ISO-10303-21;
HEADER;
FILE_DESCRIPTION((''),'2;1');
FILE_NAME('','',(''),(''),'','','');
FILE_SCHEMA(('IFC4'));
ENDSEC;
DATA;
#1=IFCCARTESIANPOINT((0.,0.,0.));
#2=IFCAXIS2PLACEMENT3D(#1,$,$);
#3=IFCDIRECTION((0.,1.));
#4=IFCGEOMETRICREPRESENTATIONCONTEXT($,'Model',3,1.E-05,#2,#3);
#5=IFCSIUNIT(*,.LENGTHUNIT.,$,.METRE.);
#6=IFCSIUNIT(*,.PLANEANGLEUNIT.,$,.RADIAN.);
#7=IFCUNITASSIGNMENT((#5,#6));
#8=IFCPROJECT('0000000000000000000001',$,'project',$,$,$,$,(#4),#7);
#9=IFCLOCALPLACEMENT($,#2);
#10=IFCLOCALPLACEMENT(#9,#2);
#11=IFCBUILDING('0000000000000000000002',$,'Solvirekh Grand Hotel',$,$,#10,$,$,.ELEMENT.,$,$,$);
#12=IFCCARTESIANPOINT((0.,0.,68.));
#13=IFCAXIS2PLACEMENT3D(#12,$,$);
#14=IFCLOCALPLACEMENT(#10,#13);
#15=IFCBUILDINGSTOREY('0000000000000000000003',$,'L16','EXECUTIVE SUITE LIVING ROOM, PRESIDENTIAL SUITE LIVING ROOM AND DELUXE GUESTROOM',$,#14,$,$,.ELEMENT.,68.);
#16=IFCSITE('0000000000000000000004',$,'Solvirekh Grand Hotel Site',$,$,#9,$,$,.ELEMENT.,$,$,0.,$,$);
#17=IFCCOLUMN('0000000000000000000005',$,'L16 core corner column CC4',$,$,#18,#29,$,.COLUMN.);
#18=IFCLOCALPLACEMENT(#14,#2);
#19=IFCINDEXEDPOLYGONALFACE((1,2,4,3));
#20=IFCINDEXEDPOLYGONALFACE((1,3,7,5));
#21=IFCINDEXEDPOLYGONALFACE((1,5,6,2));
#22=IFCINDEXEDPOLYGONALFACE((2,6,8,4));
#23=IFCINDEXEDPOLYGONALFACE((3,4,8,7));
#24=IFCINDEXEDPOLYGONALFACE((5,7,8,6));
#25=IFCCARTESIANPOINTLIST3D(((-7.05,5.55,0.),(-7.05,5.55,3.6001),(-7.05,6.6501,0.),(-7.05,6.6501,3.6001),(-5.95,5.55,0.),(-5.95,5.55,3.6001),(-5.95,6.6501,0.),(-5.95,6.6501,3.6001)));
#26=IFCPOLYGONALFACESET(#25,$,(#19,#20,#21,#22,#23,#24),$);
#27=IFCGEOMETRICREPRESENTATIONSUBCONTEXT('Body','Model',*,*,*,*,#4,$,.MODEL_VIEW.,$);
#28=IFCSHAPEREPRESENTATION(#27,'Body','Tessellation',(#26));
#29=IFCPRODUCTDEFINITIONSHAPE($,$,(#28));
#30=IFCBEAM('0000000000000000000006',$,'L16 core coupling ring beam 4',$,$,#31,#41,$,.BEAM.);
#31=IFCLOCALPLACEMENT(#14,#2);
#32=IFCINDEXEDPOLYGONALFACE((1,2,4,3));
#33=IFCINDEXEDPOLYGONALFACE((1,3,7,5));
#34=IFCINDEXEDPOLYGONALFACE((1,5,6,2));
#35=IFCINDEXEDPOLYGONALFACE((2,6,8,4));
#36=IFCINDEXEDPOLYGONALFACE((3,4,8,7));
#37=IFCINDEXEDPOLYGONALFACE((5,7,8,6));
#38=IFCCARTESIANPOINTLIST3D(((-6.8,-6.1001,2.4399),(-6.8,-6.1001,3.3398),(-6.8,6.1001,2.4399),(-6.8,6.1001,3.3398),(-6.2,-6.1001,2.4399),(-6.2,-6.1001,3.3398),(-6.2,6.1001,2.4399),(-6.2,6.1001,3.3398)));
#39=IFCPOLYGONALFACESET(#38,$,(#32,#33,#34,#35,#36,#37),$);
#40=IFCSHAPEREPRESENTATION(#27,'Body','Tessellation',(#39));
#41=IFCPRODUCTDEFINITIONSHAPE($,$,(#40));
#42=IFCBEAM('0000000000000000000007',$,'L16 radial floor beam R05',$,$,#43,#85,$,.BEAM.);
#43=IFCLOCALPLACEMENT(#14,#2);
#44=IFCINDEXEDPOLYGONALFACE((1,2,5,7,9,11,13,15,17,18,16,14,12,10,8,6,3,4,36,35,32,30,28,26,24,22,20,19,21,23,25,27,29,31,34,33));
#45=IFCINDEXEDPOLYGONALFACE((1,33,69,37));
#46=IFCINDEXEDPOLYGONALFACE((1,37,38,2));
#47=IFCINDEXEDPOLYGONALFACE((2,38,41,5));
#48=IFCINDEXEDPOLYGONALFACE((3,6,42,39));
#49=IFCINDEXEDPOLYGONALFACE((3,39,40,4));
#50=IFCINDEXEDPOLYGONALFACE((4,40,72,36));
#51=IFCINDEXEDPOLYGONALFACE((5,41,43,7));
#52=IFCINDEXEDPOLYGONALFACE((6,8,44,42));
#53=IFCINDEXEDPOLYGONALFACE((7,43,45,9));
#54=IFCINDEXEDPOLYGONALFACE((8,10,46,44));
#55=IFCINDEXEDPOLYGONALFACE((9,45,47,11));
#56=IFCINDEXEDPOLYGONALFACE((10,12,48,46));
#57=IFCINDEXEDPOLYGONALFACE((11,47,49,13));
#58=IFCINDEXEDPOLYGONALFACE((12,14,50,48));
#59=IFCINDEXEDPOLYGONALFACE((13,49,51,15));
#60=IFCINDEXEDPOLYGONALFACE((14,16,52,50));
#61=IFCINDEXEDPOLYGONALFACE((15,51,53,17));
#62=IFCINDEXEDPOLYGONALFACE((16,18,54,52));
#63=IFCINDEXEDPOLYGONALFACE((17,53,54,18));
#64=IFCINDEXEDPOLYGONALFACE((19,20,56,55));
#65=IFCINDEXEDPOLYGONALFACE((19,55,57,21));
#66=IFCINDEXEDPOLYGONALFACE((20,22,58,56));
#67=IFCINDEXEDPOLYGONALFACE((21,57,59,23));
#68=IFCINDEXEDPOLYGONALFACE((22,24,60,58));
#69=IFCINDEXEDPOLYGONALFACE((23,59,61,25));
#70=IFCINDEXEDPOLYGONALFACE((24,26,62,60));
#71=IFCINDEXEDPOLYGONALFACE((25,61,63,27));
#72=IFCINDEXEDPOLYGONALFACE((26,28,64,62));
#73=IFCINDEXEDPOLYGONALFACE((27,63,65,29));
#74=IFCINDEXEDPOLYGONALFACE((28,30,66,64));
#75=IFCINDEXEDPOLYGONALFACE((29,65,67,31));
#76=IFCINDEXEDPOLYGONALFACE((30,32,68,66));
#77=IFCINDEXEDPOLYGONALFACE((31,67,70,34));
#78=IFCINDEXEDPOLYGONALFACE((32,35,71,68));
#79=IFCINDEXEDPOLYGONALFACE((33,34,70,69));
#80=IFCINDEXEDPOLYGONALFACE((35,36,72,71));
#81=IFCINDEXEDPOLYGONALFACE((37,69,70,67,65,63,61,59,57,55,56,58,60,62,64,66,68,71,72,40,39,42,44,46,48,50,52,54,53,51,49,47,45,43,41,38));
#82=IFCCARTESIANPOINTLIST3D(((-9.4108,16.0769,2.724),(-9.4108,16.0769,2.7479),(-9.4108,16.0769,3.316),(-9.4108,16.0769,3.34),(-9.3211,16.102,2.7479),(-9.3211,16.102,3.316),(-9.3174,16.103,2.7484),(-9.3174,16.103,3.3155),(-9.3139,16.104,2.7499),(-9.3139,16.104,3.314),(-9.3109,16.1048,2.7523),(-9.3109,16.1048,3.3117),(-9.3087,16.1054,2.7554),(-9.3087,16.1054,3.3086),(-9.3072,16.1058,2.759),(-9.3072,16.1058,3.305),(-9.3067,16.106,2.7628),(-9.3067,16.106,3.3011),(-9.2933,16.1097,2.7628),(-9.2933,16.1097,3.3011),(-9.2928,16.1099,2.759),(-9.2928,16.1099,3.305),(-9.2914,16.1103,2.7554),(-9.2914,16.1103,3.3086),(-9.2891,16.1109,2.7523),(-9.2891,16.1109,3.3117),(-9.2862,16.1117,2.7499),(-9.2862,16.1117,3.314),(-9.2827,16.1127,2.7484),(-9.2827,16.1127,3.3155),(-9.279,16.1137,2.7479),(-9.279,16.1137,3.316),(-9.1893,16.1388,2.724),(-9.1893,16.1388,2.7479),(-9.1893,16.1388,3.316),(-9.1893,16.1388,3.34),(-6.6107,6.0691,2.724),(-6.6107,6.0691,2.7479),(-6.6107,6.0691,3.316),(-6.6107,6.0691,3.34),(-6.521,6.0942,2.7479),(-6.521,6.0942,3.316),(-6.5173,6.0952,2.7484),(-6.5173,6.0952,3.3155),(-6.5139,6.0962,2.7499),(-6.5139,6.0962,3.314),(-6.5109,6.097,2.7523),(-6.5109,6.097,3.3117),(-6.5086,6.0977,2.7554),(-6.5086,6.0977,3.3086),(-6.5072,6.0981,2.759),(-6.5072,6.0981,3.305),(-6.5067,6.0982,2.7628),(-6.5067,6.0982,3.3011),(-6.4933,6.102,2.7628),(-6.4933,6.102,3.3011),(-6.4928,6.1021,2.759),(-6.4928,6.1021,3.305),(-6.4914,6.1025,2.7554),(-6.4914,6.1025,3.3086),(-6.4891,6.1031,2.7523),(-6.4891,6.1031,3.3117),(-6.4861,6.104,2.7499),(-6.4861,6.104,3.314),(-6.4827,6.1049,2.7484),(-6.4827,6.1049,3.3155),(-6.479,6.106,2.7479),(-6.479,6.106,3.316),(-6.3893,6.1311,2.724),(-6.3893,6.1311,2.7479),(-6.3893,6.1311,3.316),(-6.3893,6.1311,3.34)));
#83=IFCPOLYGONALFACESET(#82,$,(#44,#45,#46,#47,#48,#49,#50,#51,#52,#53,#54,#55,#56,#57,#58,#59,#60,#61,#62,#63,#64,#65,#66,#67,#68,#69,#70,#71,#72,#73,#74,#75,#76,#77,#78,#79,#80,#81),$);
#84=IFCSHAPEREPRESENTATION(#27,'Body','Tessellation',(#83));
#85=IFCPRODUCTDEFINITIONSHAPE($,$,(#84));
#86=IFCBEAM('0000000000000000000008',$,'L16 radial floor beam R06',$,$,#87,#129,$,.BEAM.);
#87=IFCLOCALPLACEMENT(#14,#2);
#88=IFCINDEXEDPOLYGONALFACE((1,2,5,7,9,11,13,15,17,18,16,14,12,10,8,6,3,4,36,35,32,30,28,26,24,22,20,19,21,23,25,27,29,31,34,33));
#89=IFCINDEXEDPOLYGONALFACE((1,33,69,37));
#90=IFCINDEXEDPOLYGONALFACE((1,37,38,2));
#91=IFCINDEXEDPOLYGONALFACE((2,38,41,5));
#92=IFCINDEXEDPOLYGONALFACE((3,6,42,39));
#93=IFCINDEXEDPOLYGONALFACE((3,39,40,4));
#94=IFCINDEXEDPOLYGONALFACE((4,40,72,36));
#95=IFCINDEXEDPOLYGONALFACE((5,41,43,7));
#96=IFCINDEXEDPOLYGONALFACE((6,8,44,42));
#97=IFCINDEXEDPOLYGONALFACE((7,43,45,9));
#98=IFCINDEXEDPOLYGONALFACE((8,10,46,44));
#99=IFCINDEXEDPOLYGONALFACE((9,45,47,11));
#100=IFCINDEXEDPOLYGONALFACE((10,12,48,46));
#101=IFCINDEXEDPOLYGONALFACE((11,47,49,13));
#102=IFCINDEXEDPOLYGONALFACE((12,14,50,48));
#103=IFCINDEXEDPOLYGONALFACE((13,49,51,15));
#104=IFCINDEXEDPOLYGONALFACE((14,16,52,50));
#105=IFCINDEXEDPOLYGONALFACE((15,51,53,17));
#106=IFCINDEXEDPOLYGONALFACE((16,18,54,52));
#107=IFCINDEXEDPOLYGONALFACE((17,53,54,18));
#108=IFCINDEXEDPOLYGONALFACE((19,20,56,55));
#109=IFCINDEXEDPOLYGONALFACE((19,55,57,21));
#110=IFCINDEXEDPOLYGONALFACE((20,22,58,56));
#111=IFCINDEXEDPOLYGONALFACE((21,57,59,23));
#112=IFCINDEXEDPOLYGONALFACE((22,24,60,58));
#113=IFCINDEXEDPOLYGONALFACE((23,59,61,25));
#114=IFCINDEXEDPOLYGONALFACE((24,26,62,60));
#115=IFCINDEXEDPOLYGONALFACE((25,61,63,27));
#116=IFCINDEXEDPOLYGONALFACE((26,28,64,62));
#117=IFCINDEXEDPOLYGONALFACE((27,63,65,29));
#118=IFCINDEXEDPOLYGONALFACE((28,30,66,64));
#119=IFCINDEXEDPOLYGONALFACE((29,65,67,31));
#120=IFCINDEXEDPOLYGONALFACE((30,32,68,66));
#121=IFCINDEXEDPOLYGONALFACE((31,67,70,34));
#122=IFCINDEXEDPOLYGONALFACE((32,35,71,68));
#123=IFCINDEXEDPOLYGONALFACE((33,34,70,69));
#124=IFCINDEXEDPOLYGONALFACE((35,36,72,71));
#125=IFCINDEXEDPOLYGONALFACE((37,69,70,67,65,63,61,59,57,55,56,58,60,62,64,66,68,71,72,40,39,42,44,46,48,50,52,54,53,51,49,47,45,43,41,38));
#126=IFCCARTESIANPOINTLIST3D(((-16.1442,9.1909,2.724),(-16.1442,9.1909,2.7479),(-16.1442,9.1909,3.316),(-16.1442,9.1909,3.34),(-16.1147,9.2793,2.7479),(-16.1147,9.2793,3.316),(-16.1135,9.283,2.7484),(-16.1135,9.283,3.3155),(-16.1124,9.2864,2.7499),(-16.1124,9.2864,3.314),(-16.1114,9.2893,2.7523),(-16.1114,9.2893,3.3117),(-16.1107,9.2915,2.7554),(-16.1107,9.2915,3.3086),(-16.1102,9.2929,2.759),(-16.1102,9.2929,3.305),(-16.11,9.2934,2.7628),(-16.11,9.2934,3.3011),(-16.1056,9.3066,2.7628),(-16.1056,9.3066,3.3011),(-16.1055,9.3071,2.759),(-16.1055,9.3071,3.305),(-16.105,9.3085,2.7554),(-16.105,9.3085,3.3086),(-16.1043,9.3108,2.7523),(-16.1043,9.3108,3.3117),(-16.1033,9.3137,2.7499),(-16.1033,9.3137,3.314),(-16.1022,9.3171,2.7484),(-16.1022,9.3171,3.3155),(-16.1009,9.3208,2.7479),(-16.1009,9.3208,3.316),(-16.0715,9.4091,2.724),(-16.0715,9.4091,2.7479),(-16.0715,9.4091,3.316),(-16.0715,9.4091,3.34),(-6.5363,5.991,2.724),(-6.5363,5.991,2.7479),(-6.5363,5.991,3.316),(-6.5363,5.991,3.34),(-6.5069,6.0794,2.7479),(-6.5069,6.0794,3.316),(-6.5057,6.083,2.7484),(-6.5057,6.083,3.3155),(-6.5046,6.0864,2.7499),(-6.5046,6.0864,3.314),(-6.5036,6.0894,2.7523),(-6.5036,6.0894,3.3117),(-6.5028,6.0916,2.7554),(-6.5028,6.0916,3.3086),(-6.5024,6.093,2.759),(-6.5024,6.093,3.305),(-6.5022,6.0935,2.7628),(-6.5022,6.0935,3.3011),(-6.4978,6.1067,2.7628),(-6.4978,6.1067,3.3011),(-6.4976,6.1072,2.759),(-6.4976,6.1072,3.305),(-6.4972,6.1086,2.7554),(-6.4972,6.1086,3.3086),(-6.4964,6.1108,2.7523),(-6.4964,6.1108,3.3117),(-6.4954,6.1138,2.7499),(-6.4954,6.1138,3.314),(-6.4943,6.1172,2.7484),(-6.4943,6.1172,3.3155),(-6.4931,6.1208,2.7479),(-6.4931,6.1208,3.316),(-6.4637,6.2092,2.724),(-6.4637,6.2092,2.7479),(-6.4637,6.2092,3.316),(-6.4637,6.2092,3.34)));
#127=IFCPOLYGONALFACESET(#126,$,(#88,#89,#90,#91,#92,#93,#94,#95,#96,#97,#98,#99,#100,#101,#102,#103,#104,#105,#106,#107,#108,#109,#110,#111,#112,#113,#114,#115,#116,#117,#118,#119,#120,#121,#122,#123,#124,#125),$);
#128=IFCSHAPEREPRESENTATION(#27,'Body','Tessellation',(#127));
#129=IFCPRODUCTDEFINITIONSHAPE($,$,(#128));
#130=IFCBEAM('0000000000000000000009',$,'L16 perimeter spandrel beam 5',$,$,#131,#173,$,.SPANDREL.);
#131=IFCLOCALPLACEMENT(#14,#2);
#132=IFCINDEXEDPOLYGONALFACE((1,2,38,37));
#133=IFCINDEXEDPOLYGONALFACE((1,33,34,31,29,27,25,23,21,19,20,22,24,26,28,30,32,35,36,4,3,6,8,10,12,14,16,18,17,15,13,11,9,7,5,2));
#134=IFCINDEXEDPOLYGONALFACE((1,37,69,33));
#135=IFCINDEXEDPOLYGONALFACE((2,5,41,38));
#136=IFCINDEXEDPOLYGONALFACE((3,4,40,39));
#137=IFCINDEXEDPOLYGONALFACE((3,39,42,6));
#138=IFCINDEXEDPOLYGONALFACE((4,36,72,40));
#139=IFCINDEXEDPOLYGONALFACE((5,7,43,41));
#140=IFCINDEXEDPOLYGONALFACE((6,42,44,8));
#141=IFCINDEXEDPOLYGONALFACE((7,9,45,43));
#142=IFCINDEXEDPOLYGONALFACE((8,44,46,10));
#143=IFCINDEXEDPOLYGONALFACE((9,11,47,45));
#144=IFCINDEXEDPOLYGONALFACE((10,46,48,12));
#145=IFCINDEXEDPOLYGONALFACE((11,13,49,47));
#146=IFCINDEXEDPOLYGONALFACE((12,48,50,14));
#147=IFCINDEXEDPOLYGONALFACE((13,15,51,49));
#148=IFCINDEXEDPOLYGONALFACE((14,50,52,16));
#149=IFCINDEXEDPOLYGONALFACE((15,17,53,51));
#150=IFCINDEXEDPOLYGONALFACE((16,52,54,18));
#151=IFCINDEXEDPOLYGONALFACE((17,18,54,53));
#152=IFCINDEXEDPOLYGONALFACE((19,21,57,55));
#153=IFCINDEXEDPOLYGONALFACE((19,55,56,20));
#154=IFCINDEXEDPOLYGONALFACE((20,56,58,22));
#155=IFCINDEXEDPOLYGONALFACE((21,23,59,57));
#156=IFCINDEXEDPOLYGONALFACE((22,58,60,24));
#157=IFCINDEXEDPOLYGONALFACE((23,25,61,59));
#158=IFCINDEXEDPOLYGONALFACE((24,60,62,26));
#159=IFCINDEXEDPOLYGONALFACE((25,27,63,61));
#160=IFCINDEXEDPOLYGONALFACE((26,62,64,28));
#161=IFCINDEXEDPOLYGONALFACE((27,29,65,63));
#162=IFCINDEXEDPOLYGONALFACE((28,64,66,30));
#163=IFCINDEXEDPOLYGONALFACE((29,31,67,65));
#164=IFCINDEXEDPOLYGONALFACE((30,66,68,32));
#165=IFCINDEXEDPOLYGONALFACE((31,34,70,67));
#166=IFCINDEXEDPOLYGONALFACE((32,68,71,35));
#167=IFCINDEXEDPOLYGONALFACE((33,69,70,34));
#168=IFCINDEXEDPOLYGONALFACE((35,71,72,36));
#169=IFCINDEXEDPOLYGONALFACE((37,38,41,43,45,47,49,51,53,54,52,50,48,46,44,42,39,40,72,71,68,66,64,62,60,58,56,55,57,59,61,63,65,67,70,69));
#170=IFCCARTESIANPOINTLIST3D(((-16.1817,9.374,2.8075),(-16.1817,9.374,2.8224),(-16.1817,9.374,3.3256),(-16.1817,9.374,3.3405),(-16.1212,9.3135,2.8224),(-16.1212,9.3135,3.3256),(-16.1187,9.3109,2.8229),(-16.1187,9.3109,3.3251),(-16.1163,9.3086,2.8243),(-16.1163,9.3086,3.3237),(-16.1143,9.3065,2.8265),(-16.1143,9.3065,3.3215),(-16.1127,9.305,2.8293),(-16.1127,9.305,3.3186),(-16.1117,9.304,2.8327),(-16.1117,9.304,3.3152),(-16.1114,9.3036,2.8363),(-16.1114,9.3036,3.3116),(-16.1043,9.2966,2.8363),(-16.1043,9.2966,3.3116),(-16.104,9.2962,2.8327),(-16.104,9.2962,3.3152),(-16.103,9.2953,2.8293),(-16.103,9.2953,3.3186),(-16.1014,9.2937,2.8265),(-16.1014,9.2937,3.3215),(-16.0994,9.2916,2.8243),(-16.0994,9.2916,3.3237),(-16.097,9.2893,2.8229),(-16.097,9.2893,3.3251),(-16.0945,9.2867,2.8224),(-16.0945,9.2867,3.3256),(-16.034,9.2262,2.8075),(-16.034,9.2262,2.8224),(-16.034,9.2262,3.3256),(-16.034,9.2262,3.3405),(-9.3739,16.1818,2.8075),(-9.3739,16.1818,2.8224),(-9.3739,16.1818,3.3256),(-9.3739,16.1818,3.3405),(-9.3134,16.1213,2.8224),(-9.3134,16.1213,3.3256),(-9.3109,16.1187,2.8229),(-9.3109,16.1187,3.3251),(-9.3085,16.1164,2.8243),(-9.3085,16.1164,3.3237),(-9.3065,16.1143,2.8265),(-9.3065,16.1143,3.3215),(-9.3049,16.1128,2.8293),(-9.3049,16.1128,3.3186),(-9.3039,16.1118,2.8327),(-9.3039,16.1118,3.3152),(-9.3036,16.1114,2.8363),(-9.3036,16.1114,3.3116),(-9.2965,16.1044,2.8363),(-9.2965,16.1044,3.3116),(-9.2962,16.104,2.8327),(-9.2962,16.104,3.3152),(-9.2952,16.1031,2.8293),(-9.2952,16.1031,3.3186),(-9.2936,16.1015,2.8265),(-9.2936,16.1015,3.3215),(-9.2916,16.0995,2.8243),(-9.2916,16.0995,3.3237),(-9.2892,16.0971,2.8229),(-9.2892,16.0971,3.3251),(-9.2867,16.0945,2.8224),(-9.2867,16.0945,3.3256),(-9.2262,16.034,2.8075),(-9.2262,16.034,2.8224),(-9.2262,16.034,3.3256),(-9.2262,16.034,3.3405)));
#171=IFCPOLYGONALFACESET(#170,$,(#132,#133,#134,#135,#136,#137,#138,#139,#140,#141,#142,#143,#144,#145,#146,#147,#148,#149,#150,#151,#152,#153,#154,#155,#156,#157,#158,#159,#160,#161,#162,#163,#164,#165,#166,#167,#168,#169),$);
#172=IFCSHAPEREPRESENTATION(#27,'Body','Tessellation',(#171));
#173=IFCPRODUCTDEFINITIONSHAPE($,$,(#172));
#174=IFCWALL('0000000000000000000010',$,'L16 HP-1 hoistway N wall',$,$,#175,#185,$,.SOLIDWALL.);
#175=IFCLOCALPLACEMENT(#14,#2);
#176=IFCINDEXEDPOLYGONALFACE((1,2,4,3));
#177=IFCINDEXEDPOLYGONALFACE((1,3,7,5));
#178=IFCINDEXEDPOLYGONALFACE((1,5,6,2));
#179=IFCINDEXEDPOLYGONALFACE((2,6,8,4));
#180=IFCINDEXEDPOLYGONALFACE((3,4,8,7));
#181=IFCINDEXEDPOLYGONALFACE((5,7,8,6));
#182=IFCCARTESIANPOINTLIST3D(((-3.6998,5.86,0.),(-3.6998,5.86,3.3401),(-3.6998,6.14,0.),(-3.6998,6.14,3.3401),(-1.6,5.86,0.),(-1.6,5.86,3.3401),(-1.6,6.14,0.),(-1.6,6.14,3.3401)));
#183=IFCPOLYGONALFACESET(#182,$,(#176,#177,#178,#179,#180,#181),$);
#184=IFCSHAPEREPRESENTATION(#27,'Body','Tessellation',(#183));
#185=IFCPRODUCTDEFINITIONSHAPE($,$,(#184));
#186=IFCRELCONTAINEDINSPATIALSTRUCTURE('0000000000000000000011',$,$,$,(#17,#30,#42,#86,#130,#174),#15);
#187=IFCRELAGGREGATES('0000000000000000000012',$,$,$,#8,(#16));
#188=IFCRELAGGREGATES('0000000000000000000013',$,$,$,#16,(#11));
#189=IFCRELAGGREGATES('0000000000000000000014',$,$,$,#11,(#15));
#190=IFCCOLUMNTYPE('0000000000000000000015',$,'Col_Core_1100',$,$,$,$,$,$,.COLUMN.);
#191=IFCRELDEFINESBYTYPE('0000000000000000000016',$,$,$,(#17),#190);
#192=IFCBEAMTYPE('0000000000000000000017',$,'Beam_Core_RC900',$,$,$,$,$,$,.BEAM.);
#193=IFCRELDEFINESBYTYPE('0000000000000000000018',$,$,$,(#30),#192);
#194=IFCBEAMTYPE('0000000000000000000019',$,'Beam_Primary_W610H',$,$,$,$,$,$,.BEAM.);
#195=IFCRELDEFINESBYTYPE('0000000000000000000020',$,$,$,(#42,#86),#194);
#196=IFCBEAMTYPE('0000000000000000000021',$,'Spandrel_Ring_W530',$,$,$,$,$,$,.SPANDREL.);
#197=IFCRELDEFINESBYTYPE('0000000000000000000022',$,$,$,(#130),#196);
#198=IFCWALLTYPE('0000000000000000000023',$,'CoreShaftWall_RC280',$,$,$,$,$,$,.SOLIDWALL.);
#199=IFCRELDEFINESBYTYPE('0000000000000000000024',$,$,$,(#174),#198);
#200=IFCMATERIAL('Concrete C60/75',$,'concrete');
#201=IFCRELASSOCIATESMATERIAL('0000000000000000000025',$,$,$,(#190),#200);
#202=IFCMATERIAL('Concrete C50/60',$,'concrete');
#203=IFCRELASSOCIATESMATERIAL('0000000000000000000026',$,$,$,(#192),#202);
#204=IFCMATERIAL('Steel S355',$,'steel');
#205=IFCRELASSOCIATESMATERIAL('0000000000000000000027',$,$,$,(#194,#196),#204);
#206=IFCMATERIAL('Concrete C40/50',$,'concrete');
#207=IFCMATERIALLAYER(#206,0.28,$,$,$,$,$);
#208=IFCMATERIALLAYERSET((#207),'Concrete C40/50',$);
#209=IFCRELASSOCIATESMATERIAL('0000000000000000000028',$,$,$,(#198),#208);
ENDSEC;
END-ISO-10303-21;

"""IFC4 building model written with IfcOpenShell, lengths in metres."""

from ifc_helpers import new_model, si_unit, direction, frame, frame_2d, origin, origin_2d, place, context, subcontext, project, spatial, rectangle, i_section, extrude, material, layer, layer_set, material_profile, profile_set, type_object, element, save


model = new_model("IFC4")

# Units and contexts
model_context = context("Model", 3, precision=1e-05, world=origin(), true_north=direction((0.0, 1.0)))
body_context = subcontext(model_context, "Body", "Model", "MODEL_VIEW")
ifc_project = project(units=[si_unit("LENGTHUNIT", "METRE"), si_unit("PLANEANGLEUNIT", "RADIAN")], contexts=[model_context])

# Site, building, storey
site_placement = place(None, origin())
site = spatial("IfcSite", under=ifc_project, at=site_placement, Name="Solvirekh Grand Hotel Site", CompositionType="ELEMENT", RefElevation=0.0)
building_placement = place(site_placement, origin())
building = spatial("IfcBuilding", under=site, at=building_placement, Name="Solvirekh Grand Hotel", CompositionType="ELEMENT")
storey_placement = place(building_placement, frame((0.0, 0.0, 68.0)))
storey = spatial("IfcBuildingStorey", under=building, at=storey_placement, Name="L16", Description="EXECUTIVE SUITE LIVING ROOM, PRESIDENTIAL SUITE LIVING ROOM AND DELUXE GUESTROOM", CompositionType="ELEMENT", Elevation=68.0)

# Column
ifc_material_1 = material(Name="Concrete C60/75", Category="concrete")
ifc_material_profile_1 = material_profile(ifc_material_1, rectangle(XDim=1.1001, YDim=1.1001, at=origin_2d()), Name="RC 1100X1100")
ifc_profile_set_1 = profile_set([ifc_material_profile_1], Name="Concrete C60/75")
column_type = type_object("IfcColumnType", Name="Col_Core_1100", PredefinedType="COLUMN", material=ifc_profile_set_1)
column_placement = place(storey_placement, frame((-6.5, 6.1001, 0.0), z_axis=(0.0, 0.0, 1.0), x_axis=(1.0, 0.0, 0.0)))
element("IfcColumn", 1, at=column_placement, inside=storey, type_object=column_type, Name="L16 core corner column CC4", PredefinedType="COLUMN", context=body_context, shape_type="SweptSolid", body=[
    extrude(rectangle(XDim=1.1001, YDim=1.1001, at=origin_2d()), origin(), (0.0, 0.0, 1.0), 3.6001),
])

# Beams
ifc_material_2 = material(Name="Concrete C50/60", Category="concrete")
ifc_material_profile_2 = material_profile(ifc_material_2, rectangle(XDim=0.6001, YDim=0.8999, at=origin_2d()), Name="RC BEAM 600X900")
ifc_profile_set_2 = profile_set([ifc_material_profile_2], Name="Concrete C50/60")
beam_type_1 = type_object("IfcBeamType", Name="Beam_Core_RC900", PredefinedType="BEAM", material=ifc_profile_set_2)
beam_1_placement = place(storey_placement, frame((-6.5, 6.1001, 2.8899), z_axis=(0.0, -1.0, 0.0), x_axis=(1.0, 0.0, 0.0)))
element("IfcBeam", 2, at=beam_1_placement, inside=storey, type_object=beam_type_1, Name="L16 core coupling ring beam 4", PredefinedType="BEAM", context=body_context, shape_type="SweptSolid", body=[
    extrude(rectangle(XDim=0.6001, YDim=0.8999, at=origin_2d()), origin(), (0.0, 0.0, 1.0), 12.2002),
])
ifc_material_3 = material(Name="Steel S355", Category="steel")
ifc_material_profile_3 = material_profile(ifc_material_3, i_section(OverallWidth=0.23, OverallDepth=0.616, WebThickness=0.0139, FlangeThickness=0.0239, FilletRadius=0.0149, at=origin_2d()), Name="W610X174")
ifc_profile_set_3 = profile_set([ifc_material_profile_3], Name="Steel S355")
beam_type_2 = type_object("IfcBeamType", Name="Beam_Primary_W610H", PredefinedType="BEAM", material=ifc_profile_set_3)
beam_2_placement = place(storey_placement, frame((-6.5, 6.1001, 3.032), z_axis=(-0.269439, 0.963017, 0.0), x_axis=(-0.963017, -0.269439, 0.0)))
element("IfcBeam", 3, at=beam_2_placement, inside=storey, type_object=beam_type_2, Name="L16 radial floor beam R05", PredefinedType="BEAM", context=body_context, shape_type="SweptSolid", body=[
    extrude(i_section(OverallWidth=0.23, OverallDepth=0.616, WebThickness=0.0139, FlangeThickness=0.0239, FilletRadius=0.0149, at=origin_2d()), origin(), (0.0, 0.0, 1.0), 10.3921),
])
beam_3_placement = place(storey_placement, frame((-6.5, 6.1001, 3.032), z_axis=(-0.948763, 0.315989, 0.0), x_axis=(-0.315989, -0.948763, 0.0)))
element("IfcBeam", 4, at=beam_3_placement, inside=storey, type_object=beam_type_2, Name="L16 radial floor beam R06", PredefinedType="BEAM", context=body_context, shape_type="SweptSolid", body=[
    extrude(i_section(OverallWidth=0.23, OverallDepth=0.616, WebThickness=0.0139, FlangeThickness=0.0239, FilletRadius=0.0149, at=origin_2d()), origin(), (0.0, 0.0, 1.0), 10.1267),
])
ifc_material_profile_4 = material_profile(ifc_material_3, i_section(OverallWidth=0.209, OverallDepth=0.533, WebThickness=0.01, FlangeThickness=0.0149, FilletRadius=0.0139, at=origin_2d()), Name="W530X92")
ifc_profile_set_4 = profile_set([ifc_material_profile_4], Name="Steel S355")
beam_type_3 = type_object("IfcBeamType", Name="Spandrel_Ring_W530", PredefinedType="SPANDREL", material=ifc_profile_set_4)
beam_4_placement = place(storey_placement, frame((-9.3, 16.1079, 3.074), z_axis=(-0.707107, -0.707107, 0.0), x_axis=(0.707107, -0.707107, 0.0)))
element("IfcBeam", 5, at=beam_4_placement, inside=storey, type_object=beam_type_3, Name="L16 perimeter spandrel beam 5", PredefinedType="SPANDREL", context=body_context, shape_type="SweptSolid", body=[
    extrude(i_section(OverallWidth=0.209, OverallDepth=0.533, WebThickness=0.01, FlangeThickness=0.0149, FilletRadius=0.0139, at=origin_2d()), origin(), (0.0, 0.0, 1.0), 9.6277),
])

# Wall
ifc_material_4 = material(Name="Concrete C40/50", Category="concrete")
ifc_layer_1 = layer(ifc_material_4, 0.28)
ifc_layer_set_1 = layer_set([ifc_layer_1], Name="Concrete C40/50")
wall_type_1 = type_object("IfcWallType", Name="CoreShaftWall_RC280", PredefinedType="SOLIDWALL", material=ifc_layer_set_1)
wall_1_placement = place(storey_placement, frame((-1.6001, 6.0, 0.0), z_axis=(0.0, 0.0, 1.0), x_axis=(-1.0, 0.0, 0.0)))
element("IfcWall", 6, at=wall_1_placement, inside=storey, type_object=wall_type_1, Name="L16 HP-1 hoistway N wall", PredefinedType="SOLIDWALL", context=body_context, shape_type="SweptSolid", body=[
    extrude(rectangle(XDim=2.0999, YDim=0.28, at=frame_2d((1.0498, 0.0))), origin(), (0.0, 0.0, 1.0), 3.3401),
])

save(model, "model.ifc")
